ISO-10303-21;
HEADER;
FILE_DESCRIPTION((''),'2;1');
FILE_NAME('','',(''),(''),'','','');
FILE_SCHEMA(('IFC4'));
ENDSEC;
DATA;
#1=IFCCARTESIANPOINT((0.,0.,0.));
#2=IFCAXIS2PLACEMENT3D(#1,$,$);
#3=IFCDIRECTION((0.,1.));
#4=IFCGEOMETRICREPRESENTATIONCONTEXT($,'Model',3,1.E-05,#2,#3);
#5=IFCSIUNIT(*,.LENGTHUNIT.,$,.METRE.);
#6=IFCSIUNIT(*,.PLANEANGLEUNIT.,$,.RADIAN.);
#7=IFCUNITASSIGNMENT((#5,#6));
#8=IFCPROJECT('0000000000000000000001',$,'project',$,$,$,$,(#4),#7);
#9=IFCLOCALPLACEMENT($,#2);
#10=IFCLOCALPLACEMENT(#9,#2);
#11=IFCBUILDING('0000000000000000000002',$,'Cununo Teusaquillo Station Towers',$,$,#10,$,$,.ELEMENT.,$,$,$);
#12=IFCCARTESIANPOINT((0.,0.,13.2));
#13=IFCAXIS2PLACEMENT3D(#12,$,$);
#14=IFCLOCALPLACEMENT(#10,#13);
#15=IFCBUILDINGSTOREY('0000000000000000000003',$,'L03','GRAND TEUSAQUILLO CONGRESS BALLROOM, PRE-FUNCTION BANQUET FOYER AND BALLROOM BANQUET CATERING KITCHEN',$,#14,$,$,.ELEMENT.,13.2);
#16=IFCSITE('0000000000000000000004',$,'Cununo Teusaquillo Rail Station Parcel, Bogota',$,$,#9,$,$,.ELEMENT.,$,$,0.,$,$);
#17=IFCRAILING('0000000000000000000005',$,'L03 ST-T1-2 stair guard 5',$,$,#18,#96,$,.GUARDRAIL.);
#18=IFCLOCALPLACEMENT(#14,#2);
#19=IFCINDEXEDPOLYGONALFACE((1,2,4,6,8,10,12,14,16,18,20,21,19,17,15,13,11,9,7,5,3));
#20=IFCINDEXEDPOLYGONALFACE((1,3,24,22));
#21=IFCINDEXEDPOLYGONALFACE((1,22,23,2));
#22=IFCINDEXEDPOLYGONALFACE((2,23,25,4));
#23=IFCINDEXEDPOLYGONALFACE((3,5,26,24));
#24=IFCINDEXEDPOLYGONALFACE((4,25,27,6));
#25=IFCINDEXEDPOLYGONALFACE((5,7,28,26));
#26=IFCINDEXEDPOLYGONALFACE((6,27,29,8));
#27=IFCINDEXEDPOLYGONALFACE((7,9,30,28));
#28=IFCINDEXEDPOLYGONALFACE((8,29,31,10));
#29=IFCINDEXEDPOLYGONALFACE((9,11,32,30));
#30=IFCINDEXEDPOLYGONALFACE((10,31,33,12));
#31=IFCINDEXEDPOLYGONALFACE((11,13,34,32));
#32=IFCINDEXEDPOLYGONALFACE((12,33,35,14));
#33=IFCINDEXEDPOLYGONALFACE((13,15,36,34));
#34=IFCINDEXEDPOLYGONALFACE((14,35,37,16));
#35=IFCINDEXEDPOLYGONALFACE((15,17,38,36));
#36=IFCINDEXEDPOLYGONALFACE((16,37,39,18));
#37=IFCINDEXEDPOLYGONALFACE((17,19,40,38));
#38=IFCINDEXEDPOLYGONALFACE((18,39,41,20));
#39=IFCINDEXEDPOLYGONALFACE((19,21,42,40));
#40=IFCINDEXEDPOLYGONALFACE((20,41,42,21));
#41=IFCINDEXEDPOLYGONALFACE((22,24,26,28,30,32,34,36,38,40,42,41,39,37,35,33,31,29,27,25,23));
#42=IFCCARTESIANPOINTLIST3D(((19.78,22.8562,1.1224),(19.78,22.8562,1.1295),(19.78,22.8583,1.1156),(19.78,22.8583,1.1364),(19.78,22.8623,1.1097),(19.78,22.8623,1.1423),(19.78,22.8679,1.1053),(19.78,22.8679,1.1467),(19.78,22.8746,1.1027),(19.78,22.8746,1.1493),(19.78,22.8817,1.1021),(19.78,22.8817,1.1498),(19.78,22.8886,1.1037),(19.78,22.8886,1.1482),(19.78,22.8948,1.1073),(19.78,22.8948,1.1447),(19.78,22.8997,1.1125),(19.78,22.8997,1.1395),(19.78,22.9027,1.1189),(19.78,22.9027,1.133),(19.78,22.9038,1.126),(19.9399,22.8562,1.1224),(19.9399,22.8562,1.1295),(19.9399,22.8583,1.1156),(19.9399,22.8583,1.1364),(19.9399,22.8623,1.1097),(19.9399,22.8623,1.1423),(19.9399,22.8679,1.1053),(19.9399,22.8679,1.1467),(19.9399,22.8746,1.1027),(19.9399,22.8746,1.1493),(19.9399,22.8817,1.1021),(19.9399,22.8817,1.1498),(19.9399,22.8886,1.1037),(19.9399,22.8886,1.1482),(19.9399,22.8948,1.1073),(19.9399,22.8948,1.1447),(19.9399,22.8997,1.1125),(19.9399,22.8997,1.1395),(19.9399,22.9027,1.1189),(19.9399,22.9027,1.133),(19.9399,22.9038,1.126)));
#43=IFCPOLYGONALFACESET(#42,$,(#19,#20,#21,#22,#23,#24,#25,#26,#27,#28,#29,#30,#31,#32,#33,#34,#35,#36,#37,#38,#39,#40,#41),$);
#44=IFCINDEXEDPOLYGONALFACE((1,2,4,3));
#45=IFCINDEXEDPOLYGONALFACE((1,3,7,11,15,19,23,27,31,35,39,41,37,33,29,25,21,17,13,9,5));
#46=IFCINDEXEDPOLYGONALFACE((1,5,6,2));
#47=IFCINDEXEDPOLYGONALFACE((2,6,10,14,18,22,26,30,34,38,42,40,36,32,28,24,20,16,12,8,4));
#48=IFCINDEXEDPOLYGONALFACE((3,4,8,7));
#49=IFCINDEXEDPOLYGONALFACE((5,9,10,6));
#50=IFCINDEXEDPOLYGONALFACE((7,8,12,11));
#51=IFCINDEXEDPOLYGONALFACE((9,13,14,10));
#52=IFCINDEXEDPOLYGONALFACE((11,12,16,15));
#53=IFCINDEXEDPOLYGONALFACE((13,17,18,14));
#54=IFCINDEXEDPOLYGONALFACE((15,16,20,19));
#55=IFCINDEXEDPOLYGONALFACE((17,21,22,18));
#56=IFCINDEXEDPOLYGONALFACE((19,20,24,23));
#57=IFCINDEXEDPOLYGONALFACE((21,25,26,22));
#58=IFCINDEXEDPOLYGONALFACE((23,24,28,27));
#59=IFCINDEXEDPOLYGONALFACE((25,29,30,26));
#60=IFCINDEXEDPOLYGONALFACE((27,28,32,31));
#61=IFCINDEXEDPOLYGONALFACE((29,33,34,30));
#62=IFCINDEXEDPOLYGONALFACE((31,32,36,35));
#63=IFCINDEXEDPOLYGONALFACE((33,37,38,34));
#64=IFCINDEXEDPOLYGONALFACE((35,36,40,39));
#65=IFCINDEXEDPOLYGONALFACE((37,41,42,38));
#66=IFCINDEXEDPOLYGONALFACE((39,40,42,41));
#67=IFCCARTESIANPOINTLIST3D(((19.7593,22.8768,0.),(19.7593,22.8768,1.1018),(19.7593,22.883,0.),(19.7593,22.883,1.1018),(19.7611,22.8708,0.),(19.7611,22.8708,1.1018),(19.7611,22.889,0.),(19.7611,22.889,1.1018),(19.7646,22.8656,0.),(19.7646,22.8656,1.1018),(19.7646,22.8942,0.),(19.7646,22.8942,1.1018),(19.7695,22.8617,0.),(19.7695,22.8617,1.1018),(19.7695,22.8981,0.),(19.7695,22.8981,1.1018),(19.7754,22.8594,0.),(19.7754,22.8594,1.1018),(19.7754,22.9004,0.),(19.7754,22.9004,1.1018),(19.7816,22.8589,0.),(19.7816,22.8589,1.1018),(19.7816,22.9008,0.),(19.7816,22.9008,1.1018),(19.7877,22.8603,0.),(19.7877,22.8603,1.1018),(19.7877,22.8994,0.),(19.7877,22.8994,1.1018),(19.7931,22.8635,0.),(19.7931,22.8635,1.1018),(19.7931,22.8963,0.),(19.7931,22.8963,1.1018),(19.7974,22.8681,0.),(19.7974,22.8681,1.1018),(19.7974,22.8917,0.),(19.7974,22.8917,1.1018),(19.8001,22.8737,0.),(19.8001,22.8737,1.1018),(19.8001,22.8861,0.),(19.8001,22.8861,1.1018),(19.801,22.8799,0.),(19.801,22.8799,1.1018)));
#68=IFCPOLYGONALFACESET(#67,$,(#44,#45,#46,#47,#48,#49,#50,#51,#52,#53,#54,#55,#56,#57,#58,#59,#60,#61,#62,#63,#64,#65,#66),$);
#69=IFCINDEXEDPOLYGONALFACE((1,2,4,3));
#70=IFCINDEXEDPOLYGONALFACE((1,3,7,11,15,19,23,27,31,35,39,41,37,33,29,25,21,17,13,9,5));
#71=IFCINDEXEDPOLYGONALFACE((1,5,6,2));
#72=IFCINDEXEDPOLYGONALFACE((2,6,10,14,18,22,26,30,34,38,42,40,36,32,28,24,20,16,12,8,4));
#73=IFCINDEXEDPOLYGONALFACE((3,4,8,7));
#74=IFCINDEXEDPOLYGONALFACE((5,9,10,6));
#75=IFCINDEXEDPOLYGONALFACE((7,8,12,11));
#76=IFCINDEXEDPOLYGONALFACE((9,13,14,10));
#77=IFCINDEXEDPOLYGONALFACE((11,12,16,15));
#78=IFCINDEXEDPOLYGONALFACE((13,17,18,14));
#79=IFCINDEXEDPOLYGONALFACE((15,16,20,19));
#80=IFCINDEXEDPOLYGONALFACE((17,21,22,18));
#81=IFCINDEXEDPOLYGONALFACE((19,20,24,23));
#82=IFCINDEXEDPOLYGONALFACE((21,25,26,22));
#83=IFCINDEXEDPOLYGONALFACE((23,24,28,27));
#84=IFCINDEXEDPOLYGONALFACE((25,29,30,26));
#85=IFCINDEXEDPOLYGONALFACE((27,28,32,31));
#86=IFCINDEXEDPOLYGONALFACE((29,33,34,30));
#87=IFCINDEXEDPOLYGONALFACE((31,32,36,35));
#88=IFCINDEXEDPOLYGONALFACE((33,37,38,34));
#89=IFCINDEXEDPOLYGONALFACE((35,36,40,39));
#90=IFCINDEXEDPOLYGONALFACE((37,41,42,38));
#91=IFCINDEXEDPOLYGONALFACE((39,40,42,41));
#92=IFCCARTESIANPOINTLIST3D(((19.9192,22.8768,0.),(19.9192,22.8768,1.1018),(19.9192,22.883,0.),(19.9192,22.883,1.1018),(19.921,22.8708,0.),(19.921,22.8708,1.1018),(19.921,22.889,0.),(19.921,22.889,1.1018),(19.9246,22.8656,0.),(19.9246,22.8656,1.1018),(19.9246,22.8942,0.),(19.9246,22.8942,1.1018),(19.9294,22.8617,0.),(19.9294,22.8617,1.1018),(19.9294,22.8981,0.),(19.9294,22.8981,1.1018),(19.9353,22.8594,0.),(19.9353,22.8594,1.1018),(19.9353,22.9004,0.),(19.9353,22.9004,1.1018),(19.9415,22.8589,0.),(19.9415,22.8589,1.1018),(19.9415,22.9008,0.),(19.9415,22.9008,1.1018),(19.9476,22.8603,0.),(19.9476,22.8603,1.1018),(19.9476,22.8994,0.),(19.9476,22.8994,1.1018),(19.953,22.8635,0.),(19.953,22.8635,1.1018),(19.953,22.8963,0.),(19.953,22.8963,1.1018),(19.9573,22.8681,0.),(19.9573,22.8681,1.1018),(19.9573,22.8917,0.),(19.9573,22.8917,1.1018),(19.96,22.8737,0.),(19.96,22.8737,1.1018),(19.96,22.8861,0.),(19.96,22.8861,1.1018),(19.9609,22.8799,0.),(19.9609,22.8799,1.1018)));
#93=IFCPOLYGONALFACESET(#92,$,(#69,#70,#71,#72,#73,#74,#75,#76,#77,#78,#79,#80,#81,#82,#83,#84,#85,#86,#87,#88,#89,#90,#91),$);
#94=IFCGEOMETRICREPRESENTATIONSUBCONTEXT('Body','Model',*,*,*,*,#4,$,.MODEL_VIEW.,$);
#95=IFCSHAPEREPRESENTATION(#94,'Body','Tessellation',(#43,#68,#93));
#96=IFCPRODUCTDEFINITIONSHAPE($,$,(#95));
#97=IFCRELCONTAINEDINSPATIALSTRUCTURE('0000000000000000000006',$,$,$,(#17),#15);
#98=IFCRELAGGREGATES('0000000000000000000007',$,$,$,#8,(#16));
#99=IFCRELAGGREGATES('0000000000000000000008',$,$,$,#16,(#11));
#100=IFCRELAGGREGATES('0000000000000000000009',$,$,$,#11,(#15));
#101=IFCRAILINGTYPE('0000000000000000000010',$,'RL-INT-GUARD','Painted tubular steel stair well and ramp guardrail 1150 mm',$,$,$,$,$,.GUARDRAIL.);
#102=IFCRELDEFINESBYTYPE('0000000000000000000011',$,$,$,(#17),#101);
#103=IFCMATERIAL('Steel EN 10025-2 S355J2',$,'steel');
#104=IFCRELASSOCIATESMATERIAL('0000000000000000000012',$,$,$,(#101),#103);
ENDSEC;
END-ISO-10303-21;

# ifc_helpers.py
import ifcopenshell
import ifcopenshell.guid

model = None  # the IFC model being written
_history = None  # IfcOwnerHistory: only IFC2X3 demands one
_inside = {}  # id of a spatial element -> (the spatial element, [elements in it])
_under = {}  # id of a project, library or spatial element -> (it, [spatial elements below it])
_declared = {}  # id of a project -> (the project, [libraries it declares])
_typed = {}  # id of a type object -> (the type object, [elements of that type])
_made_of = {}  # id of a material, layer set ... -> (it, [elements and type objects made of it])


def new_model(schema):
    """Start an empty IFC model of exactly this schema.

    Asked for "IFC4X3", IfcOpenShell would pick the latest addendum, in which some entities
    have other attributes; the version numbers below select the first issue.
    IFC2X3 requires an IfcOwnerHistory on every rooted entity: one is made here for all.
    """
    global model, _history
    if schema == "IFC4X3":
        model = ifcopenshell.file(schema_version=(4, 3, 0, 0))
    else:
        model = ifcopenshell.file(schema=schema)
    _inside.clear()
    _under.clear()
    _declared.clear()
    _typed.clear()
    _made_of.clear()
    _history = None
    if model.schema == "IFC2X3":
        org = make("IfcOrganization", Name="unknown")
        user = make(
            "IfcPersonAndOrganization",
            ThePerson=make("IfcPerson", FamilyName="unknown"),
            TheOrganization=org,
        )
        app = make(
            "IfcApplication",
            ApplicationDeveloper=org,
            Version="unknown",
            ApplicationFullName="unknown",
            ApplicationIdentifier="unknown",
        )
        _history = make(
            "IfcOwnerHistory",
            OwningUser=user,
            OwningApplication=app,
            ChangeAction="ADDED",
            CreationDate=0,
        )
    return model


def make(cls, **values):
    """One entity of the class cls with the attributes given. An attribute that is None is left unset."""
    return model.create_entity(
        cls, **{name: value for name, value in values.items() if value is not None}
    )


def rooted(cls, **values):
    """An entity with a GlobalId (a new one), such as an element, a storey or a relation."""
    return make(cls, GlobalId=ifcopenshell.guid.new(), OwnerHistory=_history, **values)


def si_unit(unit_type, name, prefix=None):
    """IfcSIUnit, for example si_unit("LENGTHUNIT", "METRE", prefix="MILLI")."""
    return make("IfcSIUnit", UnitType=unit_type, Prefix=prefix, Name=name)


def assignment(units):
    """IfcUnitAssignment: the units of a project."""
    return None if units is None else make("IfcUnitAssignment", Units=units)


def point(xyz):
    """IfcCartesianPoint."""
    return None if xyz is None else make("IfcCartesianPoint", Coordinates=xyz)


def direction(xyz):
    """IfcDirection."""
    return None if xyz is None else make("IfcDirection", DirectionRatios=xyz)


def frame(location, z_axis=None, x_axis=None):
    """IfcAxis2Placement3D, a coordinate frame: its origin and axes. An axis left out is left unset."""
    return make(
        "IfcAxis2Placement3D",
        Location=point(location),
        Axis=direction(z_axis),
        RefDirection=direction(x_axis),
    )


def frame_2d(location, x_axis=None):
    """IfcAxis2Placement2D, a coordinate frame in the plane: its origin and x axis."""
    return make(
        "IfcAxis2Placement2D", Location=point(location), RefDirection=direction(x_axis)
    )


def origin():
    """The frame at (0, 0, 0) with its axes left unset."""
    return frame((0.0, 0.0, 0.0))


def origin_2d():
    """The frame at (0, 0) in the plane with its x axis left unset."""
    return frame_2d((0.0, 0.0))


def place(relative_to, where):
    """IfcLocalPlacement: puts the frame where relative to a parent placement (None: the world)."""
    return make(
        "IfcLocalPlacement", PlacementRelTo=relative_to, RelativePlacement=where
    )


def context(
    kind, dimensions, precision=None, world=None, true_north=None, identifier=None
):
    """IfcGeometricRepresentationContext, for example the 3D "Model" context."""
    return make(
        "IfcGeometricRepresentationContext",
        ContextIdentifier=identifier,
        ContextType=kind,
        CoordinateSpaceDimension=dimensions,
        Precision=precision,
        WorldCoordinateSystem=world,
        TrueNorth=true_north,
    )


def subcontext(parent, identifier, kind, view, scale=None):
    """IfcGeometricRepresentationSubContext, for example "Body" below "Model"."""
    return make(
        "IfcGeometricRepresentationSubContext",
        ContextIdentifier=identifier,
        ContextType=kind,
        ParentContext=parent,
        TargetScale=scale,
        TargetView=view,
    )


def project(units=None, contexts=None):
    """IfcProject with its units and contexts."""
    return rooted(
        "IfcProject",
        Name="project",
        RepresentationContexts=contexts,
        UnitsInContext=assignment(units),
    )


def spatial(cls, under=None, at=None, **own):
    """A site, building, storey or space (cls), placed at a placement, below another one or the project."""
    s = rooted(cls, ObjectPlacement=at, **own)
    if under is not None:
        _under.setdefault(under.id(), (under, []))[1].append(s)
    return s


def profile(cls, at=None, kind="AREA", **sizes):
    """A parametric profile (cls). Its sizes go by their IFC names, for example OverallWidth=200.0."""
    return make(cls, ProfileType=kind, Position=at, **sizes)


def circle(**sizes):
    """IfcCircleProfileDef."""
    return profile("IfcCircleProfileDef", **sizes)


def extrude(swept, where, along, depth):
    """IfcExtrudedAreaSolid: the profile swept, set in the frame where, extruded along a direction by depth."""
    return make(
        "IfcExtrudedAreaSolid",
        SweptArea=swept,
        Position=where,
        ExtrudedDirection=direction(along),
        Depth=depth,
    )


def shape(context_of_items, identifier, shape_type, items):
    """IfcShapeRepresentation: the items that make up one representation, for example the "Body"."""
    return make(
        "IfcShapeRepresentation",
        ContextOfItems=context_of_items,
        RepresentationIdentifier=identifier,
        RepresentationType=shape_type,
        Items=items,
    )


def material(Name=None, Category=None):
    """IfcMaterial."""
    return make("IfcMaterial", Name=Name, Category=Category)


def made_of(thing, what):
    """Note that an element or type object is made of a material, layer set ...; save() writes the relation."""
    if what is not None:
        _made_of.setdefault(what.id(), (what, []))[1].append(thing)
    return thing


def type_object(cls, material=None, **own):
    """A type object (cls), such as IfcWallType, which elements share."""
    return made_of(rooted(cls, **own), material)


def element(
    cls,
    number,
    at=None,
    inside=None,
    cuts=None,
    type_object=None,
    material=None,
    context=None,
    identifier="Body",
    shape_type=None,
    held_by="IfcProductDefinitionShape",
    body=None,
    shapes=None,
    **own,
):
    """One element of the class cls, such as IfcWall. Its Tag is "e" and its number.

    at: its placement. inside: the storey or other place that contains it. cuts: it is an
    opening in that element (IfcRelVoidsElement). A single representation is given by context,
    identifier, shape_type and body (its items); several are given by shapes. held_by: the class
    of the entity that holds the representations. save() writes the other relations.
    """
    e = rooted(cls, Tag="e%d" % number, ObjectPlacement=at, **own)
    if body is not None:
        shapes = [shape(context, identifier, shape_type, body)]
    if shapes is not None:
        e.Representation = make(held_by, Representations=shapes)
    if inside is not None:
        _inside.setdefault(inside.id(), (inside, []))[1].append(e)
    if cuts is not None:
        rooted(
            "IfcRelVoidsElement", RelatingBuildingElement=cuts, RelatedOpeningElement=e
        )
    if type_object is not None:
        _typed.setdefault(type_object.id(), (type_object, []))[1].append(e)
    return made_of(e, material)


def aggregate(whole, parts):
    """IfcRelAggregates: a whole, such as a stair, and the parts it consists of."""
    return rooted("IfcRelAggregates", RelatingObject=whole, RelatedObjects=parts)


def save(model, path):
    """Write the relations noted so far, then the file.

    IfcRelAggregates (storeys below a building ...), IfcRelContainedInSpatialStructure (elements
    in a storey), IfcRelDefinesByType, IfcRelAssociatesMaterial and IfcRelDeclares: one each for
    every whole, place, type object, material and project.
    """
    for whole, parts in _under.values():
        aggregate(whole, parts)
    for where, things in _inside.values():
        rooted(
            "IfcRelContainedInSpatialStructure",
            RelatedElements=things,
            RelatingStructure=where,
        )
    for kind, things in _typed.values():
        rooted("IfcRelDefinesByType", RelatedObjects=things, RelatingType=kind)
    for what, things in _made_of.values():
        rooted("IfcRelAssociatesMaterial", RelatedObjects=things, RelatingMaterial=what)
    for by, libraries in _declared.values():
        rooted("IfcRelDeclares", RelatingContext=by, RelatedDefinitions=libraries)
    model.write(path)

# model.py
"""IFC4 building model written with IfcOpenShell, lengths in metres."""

from ifc_helpers import new_model, si_unit, direction, frame, origin, origin_2d, place, context, subcontext, project, spatial, circle, extrude, material, type_object, element, save


model = new_model("IFC4")

# Units and contexts
model_context = context("Model", 3, precision=1e-05, world=origin(), true_north=direction((0.0, 1.0)))
body_context = subcontext(model_context, "Body", "Model", "MODEL_VIEW")
ifc_project = project(units=[si_unit("LENGTHUNIT", "METRE"), si_unit("PLANEANGLEUNIT", "RADIAN")], contexts=[model_context])

# Site, building, storey
site_placement = place(None, origin())
site = spatial("IfcSite", under=ifc_project, at=site_placement, Name="Cununo Teusaquillo Rail Station Parcel, Bogota", CompositionType="ELEMENT", RefElevation=0.0)
building_placement = place(site_placement, origin())
building = spatial("IfcBuilding", under=site, at=building_placement, Name="Cununo Teusaquillo Station Towers", CompositionType="ELEMENT")
storey_placement = place(building_placement, frame((0.0, 0.0, 13.2)))
storey = spatial("IfcBuildingStorey", under=building, at=storey_placement, Name="L03", Description="GRAND TEUSAQUILLO CONGRESS BALLROOM, PRE-FUNCTION BANQUET FOYER AND BALLROOM BANQUET CATERING KITCHEN", CompositionType="ELEMENT", Elevation=13.2)

# Railing
ifc_material_1 = material(Name="Steel EN 10025-2 S355J2", Category="steel")
railing_type_1 = type_object("IfcRailingType", Name="RL-INT-GUARD", Description="Painted tubular steel stair well and ramp guardrail 1150 mm", PredefinedType="GUARDRAIL", material=ifc_material_1)
railing_1_placement = place(storey_placement, frame((19.78, 22.8799, 0.0)))
element("IfcRailing", 1, at=railing_1_placement, inside=storey, type_object=railing_type_1, Name="L03 ST-T1-2 stair guard 5", PredefinedType="GUARDRAIL", context=body_context, shape_type="SweptSolid", body=[
    extrude(circle(Radius=0.0239, at=origin_2d()), frame((0.0, 0.0, 1.126), z_axis=(1.0, 0.0, 0.0), x_axis=(0.0, 1.0, 0.0)), (0.0, 0.0, 1.0), 0.1599),
    extrude(circle(Radius=0.021, at=origin_2d()), origin(), (0.0, 0.0, 1.0), 1.1018),
    extrude(circle(Radius=0.021, at=origin_2d()), frame((0.1599, 0.0, 0.0)), (0.0, 0.0, 1.0), 1.1018),
])

save(model, "model.ifc")
